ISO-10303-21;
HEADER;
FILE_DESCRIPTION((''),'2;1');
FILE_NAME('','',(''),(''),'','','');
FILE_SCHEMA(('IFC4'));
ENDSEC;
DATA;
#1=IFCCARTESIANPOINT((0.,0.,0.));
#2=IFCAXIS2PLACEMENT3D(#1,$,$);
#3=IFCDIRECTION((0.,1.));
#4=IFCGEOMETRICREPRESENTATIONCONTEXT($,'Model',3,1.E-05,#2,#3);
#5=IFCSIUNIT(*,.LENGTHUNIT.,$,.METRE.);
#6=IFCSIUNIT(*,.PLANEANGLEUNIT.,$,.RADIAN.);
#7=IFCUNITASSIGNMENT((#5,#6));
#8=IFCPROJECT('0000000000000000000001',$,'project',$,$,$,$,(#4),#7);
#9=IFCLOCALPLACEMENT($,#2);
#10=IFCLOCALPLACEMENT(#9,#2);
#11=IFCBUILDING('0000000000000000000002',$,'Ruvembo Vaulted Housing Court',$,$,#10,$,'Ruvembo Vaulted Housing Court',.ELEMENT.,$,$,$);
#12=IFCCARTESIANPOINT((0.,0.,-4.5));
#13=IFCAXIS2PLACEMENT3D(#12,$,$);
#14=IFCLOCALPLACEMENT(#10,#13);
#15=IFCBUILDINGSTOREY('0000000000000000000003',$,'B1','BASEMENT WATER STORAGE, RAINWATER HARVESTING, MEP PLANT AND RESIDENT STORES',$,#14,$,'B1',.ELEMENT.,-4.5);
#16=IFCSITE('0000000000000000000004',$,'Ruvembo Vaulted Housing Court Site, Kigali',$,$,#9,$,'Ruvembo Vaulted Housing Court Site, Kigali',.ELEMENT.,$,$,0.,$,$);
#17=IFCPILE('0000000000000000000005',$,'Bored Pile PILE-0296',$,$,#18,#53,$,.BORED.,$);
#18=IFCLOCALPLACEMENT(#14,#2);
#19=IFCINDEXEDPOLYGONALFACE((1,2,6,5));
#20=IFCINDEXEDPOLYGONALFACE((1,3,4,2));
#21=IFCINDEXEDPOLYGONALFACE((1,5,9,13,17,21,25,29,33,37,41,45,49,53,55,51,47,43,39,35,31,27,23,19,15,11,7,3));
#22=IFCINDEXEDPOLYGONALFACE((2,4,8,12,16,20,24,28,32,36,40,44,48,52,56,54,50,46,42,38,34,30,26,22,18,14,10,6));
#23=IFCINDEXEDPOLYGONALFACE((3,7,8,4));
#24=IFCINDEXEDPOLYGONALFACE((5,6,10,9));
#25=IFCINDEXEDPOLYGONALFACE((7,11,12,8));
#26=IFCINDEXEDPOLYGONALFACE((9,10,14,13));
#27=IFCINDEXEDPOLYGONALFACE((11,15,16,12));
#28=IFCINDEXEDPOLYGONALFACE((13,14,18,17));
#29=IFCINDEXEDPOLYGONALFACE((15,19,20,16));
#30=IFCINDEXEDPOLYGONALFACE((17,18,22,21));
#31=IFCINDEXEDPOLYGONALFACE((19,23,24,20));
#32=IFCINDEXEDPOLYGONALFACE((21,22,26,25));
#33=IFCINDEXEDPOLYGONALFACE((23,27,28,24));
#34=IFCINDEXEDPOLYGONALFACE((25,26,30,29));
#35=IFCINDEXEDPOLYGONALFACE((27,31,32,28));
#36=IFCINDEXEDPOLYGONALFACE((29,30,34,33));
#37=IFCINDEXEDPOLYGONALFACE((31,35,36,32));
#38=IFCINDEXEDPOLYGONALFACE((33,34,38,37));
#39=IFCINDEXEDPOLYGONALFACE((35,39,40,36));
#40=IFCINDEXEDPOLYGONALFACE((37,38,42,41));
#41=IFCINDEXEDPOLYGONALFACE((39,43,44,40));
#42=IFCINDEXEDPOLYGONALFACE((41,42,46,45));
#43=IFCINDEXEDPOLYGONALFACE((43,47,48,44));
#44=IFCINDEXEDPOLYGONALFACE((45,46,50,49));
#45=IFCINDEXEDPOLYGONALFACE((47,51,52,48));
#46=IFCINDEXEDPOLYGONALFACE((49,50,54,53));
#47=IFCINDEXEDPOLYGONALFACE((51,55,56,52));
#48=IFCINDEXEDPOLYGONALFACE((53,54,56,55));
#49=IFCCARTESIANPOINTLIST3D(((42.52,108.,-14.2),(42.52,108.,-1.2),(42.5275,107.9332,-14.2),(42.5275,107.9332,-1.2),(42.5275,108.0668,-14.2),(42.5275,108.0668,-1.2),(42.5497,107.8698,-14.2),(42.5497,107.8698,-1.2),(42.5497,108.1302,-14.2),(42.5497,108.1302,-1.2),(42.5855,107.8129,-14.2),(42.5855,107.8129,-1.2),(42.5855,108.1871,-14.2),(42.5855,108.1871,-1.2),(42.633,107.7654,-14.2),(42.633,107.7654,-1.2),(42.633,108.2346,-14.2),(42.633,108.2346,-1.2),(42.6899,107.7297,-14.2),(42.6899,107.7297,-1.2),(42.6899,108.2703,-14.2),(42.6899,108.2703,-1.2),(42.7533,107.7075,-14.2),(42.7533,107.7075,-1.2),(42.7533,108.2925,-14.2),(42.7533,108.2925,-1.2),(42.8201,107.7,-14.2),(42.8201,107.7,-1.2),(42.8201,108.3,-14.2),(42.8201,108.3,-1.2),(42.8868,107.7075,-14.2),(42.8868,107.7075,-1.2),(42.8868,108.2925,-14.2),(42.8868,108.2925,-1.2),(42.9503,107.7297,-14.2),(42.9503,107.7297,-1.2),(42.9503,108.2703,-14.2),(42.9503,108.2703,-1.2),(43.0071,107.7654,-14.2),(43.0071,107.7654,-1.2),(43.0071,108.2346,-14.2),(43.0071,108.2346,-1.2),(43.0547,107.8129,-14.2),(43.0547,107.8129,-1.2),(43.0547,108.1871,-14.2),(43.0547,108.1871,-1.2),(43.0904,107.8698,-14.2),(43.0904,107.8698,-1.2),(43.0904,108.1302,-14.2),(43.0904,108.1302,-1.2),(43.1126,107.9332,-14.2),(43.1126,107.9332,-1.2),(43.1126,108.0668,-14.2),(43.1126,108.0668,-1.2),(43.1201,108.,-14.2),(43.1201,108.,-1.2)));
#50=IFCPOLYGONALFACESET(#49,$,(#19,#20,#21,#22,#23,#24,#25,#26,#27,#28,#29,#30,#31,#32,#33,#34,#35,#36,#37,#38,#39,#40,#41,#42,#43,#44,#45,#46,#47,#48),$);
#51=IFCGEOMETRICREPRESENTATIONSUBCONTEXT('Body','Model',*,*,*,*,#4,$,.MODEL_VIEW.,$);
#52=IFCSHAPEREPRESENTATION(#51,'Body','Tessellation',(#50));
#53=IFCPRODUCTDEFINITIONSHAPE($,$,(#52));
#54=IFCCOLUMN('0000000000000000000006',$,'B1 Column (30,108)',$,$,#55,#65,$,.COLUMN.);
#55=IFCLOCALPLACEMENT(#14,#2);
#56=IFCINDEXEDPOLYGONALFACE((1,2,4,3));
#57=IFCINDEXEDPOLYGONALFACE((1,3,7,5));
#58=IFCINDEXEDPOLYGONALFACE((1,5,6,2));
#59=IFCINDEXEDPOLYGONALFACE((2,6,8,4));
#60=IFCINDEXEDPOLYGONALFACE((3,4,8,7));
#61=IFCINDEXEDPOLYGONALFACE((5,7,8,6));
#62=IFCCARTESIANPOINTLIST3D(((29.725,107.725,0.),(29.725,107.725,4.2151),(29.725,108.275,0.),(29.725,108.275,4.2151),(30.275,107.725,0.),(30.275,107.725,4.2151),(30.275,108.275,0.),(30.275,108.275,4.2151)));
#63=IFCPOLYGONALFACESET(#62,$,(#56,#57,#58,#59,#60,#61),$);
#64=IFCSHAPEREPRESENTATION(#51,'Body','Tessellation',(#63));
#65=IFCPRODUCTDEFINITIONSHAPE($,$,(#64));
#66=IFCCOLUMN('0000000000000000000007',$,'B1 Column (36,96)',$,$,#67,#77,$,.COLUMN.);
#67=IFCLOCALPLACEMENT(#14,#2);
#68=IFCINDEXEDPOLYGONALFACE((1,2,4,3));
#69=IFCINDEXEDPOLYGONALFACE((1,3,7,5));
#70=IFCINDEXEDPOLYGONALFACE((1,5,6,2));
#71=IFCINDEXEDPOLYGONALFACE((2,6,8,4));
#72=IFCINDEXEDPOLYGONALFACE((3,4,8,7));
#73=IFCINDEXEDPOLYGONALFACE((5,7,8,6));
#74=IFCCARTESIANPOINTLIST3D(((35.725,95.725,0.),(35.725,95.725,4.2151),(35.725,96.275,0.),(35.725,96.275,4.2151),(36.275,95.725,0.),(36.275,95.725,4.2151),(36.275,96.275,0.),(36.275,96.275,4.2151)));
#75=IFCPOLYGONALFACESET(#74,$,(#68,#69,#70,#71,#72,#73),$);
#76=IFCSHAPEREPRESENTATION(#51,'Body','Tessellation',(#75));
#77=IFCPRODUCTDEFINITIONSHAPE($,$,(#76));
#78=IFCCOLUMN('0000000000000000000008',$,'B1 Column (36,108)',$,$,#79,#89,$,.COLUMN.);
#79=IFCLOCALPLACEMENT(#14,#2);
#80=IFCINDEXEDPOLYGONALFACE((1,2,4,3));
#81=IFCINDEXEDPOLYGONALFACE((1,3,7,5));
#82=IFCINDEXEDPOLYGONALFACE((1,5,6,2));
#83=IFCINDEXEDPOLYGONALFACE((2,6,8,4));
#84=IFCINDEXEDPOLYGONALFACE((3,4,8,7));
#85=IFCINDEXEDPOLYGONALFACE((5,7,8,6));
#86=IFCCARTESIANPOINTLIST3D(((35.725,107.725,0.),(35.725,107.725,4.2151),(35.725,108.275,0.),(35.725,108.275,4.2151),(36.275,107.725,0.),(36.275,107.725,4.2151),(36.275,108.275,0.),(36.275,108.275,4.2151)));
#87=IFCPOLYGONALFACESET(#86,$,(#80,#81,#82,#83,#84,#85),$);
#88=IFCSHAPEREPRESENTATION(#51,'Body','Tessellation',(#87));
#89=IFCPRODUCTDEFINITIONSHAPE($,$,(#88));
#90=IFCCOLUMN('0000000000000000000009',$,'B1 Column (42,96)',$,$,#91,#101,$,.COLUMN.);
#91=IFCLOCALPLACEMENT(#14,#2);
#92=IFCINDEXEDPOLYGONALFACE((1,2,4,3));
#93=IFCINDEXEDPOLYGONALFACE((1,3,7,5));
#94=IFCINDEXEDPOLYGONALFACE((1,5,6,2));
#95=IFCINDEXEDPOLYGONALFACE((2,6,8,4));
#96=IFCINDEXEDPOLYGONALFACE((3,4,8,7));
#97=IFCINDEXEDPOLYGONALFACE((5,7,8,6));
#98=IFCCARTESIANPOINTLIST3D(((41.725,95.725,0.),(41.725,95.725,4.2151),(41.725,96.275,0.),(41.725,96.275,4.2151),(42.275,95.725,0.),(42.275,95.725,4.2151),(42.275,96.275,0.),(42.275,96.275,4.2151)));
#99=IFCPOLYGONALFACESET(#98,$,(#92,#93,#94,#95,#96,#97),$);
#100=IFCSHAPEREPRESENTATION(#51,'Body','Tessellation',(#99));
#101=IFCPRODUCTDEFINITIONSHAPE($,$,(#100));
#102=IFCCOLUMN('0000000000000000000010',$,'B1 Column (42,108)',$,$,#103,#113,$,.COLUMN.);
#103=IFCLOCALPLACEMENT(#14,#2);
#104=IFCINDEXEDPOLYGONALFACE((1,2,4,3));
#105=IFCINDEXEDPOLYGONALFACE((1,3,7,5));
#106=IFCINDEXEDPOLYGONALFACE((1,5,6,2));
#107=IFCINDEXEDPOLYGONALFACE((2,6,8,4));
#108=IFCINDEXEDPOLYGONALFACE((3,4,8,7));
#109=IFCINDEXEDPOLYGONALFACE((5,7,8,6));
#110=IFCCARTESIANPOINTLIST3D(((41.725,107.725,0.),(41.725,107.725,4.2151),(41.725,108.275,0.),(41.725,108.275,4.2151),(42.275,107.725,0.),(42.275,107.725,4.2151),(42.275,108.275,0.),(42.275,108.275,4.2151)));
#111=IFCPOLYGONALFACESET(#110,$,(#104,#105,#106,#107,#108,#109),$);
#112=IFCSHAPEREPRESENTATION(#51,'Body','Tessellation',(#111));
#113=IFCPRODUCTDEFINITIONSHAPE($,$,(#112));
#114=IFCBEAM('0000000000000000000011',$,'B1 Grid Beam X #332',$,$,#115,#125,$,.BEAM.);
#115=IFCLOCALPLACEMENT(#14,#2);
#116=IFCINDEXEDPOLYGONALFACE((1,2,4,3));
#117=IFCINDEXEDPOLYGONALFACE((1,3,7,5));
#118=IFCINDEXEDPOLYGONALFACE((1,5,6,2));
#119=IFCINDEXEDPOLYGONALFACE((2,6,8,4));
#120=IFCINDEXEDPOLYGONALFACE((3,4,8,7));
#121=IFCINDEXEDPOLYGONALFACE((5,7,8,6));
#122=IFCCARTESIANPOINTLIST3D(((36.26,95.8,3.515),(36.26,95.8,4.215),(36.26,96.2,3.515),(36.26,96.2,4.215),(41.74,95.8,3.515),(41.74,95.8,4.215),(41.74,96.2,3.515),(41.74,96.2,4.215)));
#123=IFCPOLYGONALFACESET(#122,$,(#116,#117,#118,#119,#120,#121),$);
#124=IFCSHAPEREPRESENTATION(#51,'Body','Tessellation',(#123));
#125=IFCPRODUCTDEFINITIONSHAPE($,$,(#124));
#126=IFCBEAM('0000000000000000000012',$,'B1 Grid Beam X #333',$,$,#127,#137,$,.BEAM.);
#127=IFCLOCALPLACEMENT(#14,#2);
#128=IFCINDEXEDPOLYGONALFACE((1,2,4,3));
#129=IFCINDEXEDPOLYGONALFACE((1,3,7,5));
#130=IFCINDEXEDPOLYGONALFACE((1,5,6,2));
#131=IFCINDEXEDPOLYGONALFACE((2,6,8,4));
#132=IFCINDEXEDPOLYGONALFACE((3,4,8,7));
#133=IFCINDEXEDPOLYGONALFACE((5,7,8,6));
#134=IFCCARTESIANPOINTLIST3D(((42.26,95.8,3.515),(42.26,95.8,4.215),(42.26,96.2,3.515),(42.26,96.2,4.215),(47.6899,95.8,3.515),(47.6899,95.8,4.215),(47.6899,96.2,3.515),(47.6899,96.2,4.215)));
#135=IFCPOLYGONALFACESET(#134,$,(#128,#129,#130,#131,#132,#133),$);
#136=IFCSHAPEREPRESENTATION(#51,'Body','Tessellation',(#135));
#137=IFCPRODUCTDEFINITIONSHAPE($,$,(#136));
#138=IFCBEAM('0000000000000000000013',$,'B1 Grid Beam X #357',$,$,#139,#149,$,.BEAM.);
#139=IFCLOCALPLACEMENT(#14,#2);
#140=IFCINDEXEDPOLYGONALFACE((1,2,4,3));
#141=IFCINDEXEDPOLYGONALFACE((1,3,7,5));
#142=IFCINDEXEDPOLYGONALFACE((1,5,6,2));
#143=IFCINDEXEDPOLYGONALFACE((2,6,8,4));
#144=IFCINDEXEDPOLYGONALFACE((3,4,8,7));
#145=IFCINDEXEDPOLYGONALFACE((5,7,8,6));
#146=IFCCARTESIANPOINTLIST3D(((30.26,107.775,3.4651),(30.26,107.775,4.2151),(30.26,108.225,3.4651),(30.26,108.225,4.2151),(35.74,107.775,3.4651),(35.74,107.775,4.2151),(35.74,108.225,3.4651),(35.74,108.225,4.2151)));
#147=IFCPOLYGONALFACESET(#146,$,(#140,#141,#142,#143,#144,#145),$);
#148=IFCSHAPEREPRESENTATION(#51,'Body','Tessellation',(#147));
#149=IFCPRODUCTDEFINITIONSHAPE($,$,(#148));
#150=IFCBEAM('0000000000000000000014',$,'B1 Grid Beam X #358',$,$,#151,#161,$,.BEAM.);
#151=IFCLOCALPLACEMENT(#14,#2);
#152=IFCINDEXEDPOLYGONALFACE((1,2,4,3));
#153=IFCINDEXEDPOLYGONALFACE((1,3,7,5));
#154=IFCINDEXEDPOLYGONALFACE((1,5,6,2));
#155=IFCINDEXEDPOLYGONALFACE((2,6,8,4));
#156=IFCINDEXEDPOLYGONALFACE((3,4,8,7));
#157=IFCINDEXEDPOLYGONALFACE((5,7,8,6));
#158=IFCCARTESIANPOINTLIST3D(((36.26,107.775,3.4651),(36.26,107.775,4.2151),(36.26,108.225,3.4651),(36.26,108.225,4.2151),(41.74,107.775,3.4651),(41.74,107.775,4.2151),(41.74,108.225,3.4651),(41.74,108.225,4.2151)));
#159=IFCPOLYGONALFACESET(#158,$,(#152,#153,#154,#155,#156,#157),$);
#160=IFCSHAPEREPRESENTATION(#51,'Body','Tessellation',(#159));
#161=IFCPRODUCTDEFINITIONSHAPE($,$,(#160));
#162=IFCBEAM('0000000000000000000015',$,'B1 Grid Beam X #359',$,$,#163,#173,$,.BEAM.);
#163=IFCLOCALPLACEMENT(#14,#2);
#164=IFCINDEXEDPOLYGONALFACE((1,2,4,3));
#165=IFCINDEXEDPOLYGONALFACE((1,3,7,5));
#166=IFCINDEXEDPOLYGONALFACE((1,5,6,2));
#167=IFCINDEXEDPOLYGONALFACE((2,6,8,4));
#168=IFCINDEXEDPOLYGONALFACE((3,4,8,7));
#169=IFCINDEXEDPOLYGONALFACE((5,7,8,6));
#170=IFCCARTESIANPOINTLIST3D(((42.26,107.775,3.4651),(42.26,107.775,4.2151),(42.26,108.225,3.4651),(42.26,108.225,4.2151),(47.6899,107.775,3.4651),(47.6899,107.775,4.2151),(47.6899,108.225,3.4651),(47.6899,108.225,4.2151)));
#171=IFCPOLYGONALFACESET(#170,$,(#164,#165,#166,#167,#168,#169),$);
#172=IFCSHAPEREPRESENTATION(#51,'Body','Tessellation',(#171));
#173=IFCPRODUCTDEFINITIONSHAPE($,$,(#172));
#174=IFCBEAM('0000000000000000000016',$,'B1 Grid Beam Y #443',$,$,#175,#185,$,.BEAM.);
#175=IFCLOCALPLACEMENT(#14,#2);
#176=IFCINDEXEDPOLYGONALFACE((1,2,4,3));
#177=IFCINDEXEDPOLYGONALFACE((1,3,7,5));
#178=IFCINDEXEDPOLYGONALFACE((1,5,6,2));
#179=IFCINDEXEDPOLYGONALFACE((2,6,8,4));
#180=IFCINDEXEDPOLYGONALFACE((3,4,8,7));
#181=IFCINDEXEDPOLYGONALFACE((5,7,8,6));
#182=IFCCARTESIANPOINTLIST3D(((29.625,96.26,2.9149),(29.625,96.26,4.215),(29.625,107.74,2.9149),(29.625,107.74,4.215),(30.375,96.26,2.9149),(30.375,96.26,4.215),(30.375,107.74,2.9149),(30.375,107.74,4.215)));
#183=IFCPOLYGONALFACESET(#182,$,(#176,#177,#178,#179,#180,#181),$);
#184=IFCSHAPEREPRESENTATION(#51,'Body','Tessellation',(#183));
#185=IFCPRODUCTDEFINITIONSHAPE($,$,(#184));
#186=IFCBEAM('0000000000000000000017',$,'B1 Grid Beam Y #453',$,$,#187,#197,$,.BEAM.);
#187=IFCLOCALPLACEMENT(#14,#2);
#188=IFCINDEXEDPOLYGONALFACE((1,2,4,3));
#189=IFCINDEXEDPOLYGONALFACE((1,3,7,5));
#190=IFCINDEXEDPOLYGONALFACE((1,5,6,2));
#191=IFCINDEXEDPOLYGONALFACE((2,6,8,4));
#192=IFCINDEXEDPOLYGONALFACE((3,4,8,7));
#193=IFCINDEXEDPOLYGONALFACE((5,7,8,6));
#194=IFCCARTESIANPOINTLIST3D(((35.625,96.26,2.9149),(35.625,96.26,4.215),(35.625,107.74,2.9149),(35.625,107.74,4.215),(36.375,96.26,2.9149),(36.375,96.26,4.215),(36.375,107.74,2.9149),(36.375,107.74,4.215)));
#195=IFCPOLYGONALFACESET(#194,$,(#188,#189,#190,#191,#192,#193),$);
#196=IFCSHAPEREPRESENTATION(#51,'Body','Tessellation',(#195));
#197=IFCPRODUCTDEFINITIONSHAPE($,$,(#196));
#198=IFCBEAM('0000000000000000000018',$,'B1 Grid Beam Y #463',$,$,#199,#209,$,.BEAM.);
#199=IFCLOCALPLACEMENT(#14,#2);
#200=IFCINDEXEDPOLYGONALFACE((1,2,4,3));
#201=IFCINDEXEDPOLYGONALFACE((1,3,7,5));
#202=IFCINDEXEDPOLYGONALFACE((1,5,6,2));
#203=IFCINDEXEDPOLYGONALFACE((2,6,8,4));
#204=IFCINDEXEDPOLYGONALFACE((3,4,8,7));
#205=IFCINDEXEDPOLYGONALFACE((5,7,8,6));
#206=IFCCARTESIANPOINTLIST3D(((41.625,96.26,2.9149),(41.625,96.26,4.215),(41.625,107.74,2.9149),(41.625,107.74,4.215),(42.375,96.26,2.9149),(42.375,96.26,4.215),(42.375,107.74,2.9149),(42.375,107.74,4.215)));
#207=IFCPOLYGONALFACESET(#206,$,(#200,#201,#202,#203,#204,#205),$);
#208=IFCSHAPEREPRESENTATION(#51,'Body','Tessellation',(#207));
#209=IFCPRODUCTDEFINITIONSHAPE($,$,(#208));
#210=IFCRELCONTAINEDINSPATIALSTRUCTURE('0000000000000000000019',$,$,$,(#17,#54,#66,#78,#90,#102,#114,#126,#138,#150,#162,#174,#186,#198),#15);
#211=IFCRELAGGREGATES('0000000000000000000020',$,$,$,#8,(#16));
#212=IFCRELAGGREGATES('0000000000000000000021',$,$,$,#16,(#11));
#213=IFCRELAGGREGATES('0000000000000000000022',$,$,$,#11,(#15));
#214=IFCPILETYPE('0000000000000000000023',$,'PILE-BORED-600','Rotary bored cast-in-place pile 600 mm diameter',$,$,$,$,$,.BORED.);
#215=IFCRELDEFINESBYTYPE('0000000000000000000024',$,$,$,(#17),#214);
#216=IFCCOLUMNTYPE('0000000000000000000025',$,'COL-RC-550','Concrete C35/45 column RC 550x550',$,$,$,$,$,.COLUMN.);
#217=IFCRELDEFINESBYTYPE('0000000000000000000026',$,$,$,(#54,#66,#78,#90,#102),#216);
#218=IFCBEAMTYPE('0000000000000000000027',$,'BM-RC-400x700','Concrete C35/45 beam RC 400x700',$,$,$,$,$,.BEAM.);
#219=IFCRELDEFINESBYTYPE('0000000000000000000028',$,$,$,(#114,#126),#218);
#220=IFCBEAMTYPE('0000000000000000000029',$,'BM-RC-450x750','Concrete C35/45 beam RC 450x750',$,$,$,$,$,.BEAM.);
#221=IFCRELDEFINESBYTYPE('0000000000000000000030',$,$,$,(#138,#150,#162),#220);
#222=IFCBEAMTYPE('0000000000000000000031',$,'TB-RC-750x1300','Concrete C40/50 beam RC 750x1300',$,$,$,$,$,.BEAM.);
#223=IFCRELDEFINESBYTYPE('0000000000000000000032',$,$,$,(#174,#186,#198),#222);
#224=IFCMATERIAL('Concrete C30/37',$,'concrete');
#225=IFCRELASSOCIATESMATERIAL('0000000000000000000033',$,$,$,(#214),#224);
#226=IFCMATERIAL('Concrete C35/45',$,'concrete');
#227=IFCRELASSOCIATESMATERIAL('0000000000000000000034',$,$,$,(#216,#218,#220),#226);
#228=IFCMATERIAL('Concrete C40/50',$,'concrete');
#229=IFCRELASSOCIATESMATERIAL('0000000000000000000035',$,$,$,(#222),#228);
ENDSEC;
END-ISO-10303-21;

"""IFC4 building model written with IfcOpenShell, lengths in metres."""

from ifc_helpers import new_model, si_unit, direction, frame, origin, origin_2d, place, context, subcontext, project, spatial, rectangle, circle, extrude, material, material_profile, profile_set, type_object, element, save


model = new_model("IFC4")

# Units and contexts
model_context = context("Model", 3, precision=1e-05, world=origin(), true_north=direction((0.0, 1.0)))
body_context = subcontext(model_context, "Body", "Model", "MODEL_VIEW")
ifc_project = project(units=[si_unit("LENGTHUNIT", "METRE"), si_unit("PLANEANGLEUNIT", "RADIAN")], contexts=[model_context])

# Site, building, storey
site_placement = place(None, origin())
site = spatial("IfcSite", under=ifc_project, at=site_placement, Name="Ruvembo Vaulted Housing Court Site, Kigali", LongName="Ruvembo Vaulted Housing Court Site, Kigali", CompositionType="ELEMENT", RefElevation=0.0)
building_placement = place(site_placement, origin())
building = spatial("IfcBuilding", under=site, at=building_placement, Name="Ruvembo Vaulted Housing Court", LongName="Ruvembo Vaulted Housing Court", CompositionType="ELEMENT")
storey_placement = place(building_placement, frame((0.0, 0.0, -4.5)))
storey = spatial("IfcBuildingStorey", under=building, at=storey_placement, Name="B1", Description="BASEMENT WATER STORAGE, RAINWATER HARVESTING, MEP PLANT AND RESIDENT STORES", LongName="B1", CompositionType="ELEMENT", Elevation=-4.5)

# Shared definitions
ifc_material_1 = material(Name="Concrete C35/45", Category="concrete")

# Pile
ifc_material_2 = material(Name="Concrete C30/37", Category="concrete")
ifc_material_profile_1 = material_profile(ifc_material_2, circle(Radius=0.3, at=origin_2d()), Name="PILE D600")
ifc_profile_set_1 = profile_set([ifc_material_profile_1], Name="Concrete C30/37")
pile_type = type_object("IfcPileType", Name="PILE-BORED-600", Description="Rotary bored cast-in-place pile 600 mm diameter", PredefinedType="BORED", material=ifc_profile_set_1)
for number, where, z_axis, x_axis, name in (
    (1, (42.8201, 108.0, -1.2), (0.0, 0.0, -1.0), (1.0, 0.0, 0.0), "Bored Pile PILE-0296"),
):
    element("IfcPile", number, at=place(storey_placement, frame(where, z_axis=z_axis, x_axis=x_axis)), inside=storey, type_object=pile_type, Name=name, PredefinedType="BORED", context=body_context, shape_type="SweptSolid", body=[
        extrude(circle(Radius=0.3, at=origin_2d()), origin(), (0.0, 0.0, 1.0), 13.0),
    ])

# Columns
ifc_material_profile_2 = material_profile(ifc_material_1, rectangle(XDim=0.55, YDim=0.55, at=origin_2d()), Name="RC 550x550")
ifc_profile_set_2 = profile_set([ifc_material_profile_2], Name="Concrete C35/45")
column_type = type_object("IfcColumnType", Name="COL-RC-550", Description="Concrete C35/45 column RC 550x550", PredefinedType="COLUMN", material=ifc_profile_set_2)
for number, where, z_axis, x_axis, name in (
    (2, (30.0, 108.0, 0.0), (0.0, 0.0, 1.0), (1.0, 0.0, 0.0), "B1 Column (30,108)"),
    (3, (36.0, 96.0, 0.0), (0.0, 0.0, 1.0), (1.0, 0.0, 0.0), "B1 Column (36,96)"),
    (4, (36.0, 108.0, 0.0), (0.0, 0.0, 1.0), (1.0, 0.0, 0.0), "B1 Column (36,108)"),
    (5, (42.0, 96.0, 0.0), (0.0, 0.0, 1.0), (1.0, 0.0, 0.0), "B1 Column (42,96)"),
    (6, (42.0, 108.0, 0.0), (0.0, 0.0, 1.0), (1.0, 0.0, 0.0), "B1 Column (42,108)"),
):
    element("IfcColumn", number, at=place(storey_placement, frame(where, z_axis=z_axis, x_axis=x_axis)), inside=storey, type_object=column_type, Name=name, PredefinedType="COLUMN", context=body_context, shape_type="SweptSolid", body=[
        extrude(rectangle(XDim=0.55, YDim=0.55, at=origin_2d()), origin(), (0.0, 0.0, 1.0), 4.2151),
    ])

# Beams
ifc_material_profile_3 = material_profile(ifc_material_1, rectangle(XDim=0.3999, YDim=0.7, at=origin_2d()), Name="RC 400x700")
ifc_profile_set_3 = profile_set([ifc_material_profile_3], Name="Concrete C35/45")
beam_type_1 = type_object("IfcBeamType", Name="BM-RC-400x700", Description="Concrete C35/45 beam RC 400x700", PredefinedType="BEAM", material=ifc_profile_set_3)
beam_1_placement = place(storey_placement, frame((36.26, 96.0, 3.865), z_axis=(1.0, 0.0, 0.0), x_axis=(0.0, 1.0, 0.0)))
element("IfcBeam", 7, at=beam_1_placement, inside=storey, type_object=beam_type_1, Name="B1 Grid Beam X #332", PredefinedType="BEAM", context=body_context, shape_type="SweptSolid", body=[
    extrude(rectangle(XDim=0.3999, YDim=0.7, at=origin_2d()), origin(), (0.0, 0.0, 1.0), 5.48),
])
beam_2_placement = place(storey_placement, frame((42.26, 96.0, 3.865), z_axis=(1.0, 0.0, 0.0), x_axis=(0.0, 1.0, 0.0)))
element("IfcBeam", 8, at=beam_2_placement, inside=storey, type_object=beam_type_1, Name="B1 Grid Beam X #333", PredefinedType="BEAM", context=body_context, shape_type="SweptSolid", body=[
    extrude(rectangle(XDim=0.3999, YDim=0.7, at=origin_2d()), origin(), (0.0, 0.0, 1.0), 5.4299),
])
ifc_material_profile_4 = material_profile(ifc_material_1, rectangle(XDim=0.45, YDim=0.75, at=origin_2d()), Name="RC 450x750")
ifc_profile_set_4 = profile_set([ifc_material_profile_4], Name="Concrete C35/45")
beam_type_2 = type_object("IfcBeamType", Name="BM-RC-450x750", Description="Concrete C35/45 beam RC 450x750", PredefinedType="BEAM", material=ifc_profile_set_4)
for number, where, z_axis, x_axis, name in (
    (9, (30.26, 108.0, 3.8401), (1.0, 0.0, 0.0), (0.0, 1.0, 0.0), "B1 Grid Beam X #357"),
    (10, (36.26, 108.0, 3.8401), (1.0, 0.0, 0.0), (0.0, 1.0, 0.0), "B1 Grid Beam X #358"),
):
    element("IfcBeam", number, at=place(storey_placement, frame(where, z_axis=z_axis, x_axis=x_axis)), inside=storey, type_object=beam_type_2, Name=name, PredefinedType="BEAM", context=body_context, shape_type="SweptSolid", body=[
        extrude(rectangle(XDim=0.45, YDim=0.75, at=origin_2d()), origin(), (0.0, 0.0, 1.0), 5.48),
    ])
beam_3_placement = place(storey_placement, frame((42.26, 108.0, 3.8401), z_axis=(1.0, 0.0, 0.0), x_axis=(0.0, 1.0, 0.0)))
element("IfcBeam", 11, at=beam_3_placement, inside=storey, type_object=beam_type_2, Name="B1 Grid Beam X #359", PredefinedType="BEAM", context=body_context, shape_type="SweptSolid", body=[
    extrude(rectangle(XDim=0.45, YDim=0.75, at=origin_2d()), origin(), (0.0, 0.0, 1.0), 5.4299),
])
ifc_material_3 = material(Name="Concrete C40/50", Category="concrete")
ifc_material_profile_5 = material_profile(ifc_material_3, rectangle(XDim=0.75, YDim=1.3, at=origin_2d()), Name="RC 750x1300")
ifc_profile_set_5 = profile_set([ifc_material_profile_5], Name="Concrete C40/50")
beam_type_3 = type_object("IfcBeamType", Name="TB-RC-750x1300", Description="Concrete C40/50 beam RC 750x1300", PredefinedType="BEAM", material=ifc_profile_set_5)
for number, where, z_axis, x_axis, name in (
    (12, (30.0, 96.26, 3.5649), (0.0, 1.0, 0.0), (-1.0, 0.0, 0.0), "B1 Grid Beam Y #443"),
    (13, (36.0, 96.26, 3.5649), (0.0, 1.0, 0.0), (-1.0, 0.0, 0.0), "B1 Grid Beam Y #453"),
    (14, (42.0, 96.26, 3.5649), (0.0, 1.0, 0.0), (-1.0, 0.0, 0.0), "B1 Grid Beam Y #463"),
):
    element("IfcBeam", number, at=place(storey_placement, frame(where, z_axis=z_axis, x_axis=x_axis)), inside=storey, type_object=beam_type_3, Name=name, PredefinedType="BEAM", context=body_context, shape_type="SweptSolid", body=[
        extrude(rectangle(XDim=0.75, YDim=1.3, at=origin_2d()), origin(), (0.0, 0.0, 1.0), 11.48),
    ])

save(model, "model.ifc")
